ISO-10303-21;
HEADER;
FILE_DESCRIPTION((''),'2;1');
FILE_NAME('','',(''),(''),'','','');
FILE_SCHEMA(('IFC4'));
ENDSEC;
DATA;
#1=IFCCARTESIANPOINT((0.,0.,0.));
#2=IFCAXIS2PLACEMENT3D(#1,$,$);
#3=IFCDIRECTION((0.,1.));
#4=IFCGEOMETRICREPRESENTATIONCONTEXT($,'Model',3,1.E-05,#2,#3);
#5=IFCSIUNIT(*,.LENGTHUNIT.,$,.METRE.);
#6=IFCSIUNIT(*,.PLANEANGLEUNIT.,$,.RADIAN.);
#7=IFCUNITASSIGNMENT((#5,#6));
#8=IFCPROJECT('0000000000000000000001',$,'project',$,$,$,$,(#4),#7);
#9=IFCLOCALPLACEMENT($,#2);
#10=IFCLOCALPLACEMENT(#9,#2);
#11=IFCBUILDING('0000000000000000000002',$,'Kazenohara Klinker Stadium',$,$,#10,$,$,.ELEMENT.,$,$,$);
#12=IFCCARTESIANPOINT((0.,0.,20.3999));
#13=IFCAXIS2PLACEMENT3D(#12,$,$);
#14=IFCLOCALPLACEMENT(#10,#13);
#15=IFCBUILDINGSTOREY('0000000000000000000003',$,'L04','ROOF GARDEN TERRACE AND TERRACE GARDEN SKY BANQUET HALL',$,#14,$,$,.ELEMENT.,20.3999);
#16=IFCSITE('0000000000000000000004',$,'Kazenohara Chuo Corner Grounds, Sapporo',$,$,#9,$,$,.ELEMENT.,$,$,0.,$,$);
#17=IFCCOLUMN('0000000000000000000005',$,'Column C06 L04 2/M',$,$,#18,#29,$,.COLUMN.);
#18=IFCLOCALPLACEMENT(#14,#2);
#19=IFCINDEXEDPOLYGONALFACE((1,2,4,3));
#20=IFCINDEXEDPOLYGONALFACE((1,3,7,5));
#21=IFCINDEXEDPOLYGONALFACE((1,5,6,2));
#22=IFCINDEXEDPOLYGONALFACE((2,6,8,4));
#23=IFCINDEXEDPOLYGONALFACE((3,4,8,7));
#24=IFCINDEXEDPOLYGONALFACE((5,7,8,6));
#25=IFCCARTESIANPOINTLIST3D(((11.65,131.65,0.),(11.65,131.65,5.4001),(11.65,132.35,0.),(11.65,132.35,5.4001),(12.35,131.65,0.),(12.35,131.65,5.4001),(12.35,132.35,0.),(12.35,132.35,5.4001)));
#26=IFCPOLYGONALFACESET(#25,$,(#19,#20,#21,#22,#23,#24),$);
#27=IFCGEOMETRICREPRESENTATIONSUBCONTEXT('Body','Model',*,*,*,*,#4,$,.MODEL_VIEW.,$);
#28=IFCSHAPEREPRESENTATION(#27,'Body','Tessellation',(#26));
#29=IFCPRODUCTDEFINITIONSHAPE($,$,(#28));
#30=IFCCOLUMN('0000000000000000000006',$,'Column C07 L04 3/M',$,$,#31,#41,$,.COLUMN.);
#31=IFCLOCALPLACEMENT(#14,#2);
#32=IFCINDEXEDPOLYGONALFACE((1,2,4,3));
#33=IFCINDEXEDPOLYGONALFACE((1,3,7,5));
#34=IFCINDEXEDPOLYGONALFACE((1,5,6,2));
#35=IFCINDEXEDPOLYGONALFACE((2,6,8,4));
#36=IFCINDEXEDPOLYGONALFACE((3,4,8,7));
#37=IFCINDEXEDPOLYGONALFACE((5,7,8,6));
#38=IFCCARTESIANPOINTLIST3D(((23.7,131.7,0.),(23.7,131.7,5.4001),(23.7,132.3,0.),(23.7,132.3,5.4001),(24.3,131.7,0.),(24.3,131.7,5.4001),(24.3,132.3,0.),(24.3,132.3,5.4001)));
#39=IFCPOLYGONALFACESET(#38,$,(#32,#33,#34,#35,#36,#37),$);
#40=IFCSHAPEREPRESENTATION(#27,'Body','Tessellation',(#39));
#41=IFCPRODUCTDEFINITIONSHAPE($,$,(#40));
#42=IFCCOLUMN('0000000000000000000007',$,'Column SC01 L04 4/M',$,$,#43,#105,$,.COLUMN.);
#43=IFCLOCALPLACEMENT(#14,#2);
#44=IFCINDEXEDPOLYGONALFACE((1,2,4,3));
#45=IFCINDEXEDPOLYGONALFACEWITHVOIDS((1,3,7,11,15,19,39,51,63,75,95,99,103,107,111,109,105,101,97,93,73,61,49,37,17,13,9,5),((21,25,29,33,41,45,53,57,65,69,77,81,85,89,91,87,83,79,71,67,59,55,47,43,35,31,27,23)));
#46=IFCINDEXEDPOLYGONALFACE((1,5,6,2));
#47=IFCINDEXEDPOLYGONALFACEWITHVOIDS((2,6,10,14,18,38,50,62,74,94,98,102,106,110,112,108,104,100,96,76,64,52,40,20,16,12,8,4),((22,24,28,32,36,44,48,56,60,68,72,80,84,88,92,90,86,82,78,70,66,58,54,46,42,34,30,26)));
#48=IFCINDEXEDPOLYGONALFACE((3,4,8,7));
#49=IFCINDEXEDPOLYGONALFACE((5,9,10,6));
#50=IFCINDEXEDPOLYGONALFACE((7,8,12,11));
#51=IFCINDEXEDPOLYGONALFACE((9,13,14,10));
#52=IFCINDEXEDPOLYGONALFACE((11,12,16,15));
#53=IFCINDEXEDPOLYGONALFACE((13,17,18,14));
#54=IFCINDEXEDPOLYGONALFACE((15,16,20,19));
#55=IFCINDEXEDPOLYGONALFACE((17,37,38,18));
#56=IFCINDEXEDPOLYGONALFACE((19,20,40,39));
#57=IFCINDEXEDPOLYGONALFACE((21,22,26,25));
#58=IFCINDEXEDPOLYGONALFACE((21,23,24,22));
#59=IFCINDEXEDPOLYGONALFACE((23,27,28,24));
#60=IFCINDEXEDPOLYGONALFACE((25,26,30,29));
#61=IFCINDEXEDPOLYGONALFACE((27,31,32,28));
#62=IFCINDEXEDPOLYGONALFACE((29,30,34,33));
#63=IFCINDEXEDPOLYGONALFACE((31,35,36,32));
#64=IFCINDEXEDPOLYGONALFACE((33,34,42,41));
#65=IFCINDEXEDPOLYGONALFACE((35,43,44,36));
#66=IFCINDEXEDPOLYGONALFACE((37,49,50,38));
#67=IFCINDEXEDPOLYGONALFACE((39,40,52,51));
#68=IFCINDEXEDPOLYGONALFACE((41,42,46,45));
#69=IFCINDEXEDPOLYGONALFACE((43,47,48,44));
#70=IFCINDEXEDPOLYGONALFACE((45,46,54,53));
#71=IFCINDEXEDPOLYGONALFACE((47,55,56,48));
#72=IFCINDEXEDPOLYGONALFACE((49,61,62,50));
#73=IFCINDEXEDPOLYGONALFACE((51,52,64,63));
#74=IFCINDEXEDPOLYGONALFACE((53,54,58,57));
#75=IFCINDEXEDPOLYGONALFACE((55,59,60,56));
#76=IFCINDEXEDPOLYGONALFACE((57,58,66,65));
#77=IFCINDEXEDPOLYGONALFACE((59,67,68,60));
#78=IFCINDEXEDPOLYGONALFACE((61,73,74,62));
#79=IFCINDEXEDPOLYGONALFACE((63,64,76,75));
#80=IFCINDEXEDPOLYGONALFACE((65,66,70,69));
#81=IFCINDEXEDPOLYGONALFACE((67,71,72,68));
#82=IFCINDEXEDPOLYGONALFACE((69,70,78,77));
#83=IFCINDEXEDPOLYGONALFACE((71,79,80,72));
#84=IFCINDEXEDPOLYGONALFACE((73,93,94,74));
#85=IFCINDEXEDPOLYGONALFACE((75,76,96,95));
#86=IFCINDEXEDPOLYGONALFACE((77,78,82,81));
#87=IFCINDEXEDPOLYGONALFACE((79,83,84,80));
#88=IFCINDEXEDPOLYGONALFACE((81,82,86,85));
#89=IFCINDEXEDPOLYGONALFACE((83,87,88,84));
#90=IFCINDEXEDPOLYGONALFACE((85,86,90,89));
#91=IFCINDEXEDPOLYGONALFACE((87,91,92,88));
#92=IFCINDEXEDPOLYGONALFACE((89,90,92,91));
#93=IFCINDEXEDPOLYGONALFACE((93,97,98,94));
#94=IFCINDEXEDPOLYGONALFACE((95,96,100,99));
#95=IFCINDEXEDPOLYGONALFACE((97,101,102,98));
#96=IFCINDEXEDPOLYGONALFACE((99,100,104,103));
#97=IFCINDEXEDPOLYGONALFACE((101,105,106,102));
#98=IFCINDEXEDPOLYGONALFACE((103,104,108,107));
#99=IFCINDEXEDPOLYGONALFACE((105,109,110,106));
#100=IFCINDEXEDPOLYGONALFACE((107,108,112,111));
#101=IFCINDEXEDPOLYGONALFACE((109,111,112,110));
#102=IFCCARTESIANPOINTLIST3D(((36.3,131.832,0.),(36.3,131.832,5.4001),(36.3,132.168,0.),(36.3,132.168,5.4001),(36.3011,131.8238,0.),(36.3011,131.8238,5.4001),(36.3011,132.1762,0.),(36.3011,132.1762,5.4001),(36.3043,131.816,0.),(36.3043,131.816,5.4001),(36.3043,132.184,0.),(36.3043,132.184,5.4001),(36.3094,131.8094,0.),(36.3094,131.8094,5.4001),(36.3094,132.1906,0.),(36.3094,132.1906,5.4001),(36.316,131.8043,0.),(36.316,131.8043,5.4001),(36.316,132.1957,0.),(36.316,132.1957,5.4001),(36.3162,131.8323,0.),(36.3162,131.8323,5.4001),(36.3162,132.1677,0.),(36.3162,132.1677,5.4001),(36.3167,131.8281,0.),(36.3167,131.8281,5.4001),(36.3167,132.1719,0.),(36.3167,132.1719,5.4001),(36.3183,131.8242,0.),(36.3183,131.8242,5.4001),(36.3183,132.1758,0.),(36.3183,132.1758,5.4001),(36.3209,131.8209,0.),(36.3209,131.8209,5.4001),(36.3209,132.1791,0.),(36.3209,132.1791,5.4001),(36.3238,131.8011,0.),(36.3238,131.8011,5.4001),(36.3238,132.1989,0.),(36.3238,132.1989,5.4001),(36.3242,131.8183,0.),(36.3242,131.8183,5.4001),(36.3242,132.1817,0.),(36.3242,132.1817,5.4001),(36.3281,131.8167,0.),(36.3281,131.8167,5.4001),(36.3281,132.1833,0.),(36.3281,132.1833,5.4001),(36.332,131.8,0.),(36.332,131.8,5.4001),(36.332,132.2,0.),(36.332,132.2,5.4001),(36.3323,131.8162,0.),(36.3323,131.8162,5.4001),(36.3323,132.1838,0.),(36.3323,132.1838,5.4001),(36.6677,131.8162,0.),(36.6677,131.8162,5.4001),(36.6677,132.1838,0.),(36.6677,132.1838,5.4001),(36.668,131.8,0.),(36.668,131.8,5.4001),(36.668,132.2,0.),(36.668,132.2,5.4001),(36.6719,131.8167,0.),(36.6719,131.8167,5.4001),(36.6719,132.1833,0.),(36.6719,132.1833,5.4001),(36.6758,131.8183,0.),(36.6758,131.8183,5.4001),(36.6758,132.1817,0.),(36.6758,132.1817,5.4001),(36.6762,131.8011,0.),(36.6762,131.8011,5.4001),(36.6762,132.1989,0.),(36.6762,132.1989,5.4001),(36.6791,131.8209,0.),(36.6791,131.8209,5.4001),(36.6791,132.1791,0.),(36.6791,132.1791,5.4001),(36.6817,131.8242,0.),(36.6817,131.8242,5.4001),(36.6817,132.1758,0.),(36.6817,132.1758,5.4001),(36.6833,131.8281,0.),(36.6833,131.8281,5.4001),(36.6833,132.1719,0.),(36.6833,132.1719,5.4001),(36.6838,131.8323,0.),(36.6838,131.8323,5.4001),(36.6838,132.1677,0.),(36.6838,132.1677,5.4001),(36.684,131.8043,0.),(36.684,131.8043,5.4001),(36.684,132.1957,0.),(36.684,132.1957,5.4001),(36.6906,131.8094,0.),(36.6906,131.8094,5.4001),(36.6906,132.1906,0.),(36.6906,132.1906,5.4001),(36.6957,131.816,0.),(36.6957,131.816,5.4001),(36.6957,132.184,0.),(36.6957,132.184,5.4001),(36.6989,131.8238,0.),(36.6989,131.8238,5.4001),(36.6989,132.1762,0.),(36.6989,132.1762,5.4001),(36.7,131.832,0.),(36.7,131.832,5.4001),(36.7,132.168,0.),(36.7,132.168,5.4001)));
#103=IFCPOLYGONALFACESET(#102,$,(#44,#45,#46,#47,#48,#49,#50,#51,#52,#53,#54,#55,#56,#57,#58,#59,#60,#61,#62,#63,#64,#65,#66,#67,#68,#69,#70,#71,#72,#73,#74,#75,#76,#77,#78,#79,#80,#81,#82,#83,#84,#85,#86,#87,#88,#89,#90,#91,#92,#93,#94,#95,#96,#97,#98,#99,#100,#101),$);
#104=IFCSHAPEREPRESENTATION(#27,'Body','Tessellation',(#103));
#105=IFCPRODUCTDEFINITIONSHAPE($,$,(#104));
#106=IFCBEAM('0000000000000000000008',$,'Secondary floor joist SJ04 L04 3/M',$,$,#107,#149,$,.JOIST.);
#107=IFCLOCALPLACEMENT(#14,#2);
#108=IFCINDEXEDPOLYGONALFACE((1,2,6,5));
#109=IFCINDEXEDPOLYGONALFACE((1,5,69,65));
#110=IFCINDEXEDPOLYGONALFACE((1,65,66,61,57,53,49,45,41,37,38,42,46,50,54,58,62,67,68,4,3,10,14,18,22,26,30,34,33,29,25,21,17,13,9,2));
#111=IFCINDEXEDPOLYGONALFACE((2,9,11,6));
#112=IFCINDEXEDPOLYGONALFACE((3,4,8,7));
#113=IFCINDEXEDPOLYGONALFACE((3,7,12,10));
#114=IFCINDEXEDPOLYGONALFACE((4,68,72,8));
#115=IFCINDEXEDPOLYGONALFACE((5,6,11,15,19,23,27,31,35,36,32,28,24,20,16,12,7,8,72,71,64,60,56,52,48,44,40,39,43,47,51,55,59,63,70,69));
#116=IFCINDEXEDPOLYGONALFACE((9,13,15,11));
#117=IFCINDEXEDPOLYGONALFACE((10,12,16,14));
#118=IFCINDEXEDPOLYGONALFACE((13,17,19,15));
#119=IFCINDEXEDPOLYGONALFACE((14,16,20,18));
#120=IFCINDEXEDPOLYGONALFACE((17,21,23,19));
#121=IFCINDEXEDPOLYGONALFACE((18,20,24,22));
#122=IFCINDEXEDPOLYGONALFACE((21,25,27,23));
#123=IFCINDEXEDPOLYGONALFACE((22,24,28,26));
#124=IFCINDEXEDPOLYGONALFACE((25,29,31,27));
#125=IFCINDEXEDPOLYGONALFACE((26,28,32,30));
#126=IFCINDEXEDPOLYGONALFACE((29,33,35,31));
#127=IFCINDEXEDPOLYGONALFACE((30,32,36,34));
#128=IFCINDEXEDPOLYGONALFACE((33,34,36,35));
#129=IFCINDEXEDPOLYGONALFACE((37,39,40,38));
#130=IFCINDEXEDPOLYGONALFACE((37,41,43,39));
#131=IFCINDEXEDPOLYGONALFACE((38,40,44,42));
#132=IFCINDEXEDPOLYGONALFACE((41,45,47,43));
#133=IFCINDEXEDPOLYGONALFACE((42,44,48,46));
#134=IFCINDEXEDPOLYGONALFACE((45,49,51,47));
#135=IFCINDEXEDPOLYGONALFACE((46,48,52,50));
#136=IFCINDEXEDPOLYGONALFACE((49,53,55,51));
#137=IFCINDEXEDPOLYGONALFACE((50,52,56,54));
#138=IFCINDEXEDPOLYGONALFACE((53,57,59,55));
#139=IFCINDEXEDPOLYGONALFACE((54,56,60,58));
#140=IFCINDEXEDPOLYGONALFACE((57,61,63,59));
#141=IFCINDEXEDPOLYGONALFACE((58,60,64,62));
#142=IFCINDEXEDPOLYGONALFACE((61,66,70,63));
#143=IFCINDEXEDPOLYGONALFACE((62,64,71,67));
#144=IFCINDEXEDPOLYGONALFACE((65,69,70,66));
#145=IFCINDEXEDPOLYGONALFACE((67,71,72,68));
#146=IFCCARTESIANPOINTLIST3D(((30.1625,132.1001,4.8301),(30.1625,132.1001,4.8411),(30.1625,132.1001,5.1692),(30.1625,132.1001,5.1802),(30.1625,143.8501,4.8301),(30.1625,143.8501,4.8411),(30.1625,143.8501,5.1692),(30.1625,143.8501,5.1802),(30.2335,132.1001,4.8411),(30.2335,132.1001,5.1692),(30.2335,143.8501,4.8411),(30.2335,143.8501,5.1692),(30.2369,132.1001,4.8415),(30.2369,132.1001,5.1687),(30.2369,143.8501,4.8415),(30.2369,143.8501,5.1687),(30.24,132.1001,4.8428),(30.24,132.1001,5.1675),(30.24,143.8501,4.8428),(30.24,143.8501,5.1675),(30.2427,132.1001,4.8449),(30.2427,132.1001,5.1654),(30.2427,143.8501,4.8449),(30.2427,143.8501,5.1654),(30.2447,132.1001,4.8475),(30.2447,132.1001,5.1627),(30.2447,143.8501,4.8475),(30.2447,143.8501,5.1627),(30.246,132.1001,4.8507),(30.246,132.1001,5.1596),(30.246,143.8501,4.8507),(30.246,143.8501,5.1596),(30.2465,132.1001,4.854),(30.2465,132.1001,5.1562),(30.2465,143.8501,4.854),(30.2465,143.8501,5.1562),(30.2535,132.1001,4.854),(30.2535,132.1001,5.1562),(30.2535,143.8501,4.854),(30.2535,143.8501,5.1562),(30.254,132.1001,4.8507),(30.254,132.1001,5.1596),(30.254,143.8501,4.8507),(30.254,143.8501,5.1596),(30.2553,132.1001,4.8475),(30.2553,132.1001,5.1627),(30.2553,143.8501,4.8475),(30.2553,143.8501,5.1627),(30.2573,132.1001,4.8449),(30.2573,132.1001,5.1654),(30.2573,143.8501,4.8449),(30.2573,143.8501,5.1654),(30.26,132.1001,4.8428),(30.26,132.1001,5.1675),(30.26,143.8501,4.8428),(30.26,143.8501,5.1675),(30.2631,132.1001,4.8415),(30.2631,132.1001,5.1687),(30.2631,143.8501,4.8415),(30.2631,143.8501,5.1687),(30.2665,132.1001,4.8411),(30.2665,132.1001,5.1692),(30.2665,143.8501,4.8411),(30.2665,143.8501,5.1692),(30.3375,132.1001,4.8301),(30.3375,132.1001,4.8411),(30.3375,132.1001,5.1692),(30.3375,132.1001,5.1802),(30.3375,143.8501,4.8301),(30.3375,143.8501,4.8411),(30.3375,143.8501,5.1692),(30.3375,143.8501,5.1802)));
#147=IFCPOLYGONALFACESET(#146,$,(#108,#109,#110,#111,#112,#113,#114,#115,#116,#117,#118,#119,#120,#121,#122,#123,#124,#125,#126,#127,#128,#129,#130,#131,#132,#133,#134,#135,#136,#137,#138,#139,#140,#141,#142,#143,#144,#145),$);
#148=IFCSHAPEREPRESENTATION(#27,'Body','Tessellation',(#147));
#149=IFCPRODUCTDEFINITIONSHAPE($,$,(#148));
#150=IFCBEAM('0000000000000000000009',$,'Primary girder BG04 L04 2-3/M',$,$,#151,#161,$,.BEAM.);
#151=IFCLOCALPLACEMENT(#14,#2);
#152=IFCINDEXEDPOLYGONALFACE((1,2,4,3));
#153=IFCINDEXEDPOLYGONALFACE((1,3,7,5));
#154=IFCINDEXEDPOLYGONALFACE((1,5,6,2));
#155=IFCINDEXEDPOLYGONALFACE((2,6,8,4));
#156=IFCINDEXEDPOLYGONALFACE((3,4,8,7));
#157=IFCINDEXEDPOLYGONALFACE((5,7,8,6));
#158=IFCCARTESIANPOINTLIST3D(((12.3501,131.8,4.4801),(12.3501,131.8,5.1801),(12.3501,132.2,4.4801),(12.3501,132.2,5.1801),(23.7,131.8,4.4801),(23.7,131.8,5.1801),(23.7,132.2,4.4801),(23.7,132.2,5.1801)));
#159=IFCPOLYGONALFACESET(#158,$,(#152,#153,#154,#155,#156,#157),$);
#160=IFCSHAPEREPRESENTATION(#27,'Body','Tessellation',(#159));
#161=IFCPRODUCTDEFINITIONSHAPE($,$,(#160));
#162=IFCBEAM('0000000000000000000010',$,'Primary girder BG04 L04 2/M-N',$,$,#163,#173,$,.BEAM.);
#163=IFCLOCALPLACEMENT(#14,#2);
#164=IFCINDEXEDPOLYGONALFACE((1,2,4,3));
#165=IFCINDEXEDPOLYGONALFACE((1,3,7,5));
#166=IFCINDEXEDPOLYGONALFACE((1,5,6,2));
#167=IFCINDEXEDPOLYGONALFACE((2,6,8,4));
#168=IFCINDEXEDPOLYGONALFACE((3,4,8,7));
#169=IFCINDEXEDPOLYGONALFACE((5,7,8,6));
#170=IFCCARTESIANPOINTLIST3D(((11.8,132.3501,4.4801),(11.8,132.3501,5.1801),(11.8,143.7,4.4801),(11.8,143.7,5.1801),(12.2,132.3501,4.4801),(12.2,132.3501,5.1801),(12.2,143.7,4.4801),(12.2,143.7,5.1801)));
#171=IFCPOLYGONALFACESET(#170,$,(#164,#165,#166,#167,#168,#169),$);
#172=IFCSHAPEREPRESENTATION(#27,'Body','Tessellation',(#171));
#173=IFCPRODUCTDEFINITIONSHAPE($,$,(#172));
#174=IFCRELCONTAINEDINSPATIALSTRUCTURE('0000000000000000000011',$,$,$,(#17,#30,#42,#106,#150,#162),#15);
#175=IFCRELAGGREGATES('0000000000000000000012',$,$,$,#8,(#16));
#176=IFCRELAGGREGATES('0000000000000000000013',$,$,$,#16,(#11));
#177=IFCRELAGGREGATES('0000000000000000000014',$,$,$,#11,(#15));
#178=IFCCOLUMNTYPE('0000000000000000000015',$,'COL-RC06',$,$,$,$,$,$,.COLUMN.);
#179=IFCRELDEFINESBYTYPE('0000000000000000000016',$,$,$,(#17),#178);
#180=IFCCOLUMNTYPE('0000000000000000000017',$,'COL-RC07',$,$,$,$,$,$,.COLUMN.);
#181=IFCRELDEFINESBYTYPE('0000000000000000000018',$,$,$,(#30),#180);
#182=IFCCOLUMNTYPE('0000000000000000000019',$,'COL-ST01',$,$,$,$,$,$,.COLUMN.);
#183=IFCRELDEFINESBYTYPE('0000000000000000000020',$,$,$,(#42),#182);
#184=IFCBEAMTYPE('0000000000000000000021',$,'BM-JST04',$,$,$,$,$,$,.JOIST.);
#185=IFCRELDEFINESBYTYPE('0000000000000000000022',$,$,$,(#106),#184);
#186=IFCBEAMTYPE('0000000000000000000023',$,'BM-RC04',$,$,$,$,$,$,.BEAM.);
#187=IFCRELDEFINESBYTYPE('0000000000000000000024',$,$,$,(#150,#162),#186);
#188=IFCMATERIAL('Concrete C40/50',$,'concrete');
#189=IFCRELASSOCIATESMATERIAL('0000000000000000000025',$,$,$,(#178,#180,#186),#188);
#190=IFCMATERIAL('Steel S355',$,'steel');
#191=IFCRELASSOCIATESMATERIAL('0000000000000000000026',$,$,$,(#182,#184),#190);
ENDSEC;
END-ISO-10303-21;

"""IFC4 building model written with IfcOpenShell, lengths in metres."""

from ifc_helpers import new_model, si_unit, direction, frame, origin, origin_2d, place, context, subcontext, project, spatial, rectangle, hollow_rectangle, i_section, extrude, material, material_profile, profile_set, type_object, element, save


model = new_model("IFC4")

# Units and contexts
model_context = context("Model", 3, precision=1e-05, world=origin(), true_north=direction((0.0, 1.0)))
body_context = subcontext(model_context, "Body", "Model", "MODEL_VIEW")
ifc_project = project(units=[si_unit("LENGTHUNIT", "METRE"), si_unit("PLANEANGLEUNIT", "RADIAN")], contexts=[model_context])

# Site, building, storey
site_placement = place(None, origin())
site = spatial("IfcSite", under=ifc_project, at=site_placement, Name="Kazenohara Chuo Corner Grounds, Sapporo", CompositionType="ELEMENT", RefElevation=0.0)
building_placement = place(site_placement, origin())
building = spatial("IfcBuilding", under=site, at=building_placement, Name="Kazenohara Klinker Stadium", CompositionType="ELEMENT")
storey_placement = place(building_placement, frame((0.0, 0.0, 20.3999)))
storey = spatial("IfcBuildingStorey", under=building, at=storey_placement, Name="L04", Description="ROOF GARDEN TERRACE AND TERRACE GARDEN SKY BANQUET HALL", CompositionType="ELEMENT", Elevation=20.3999)

# Columns
ifc_material_1 = material(Name="Concrete C40/50", Category="concrete")
ifc_material_profile_1 = material_profile(ifc_material_1, rectangle(XDim=0.7, YDim=0.7, at=origin_2d()), Name="RC-COL-700x700")
ifc_profile_set_1 = profile_set([ifc_material_profile_1], Name="Concrete C40/50")
column_type_1 = type_object("IfcColumnType", Name="COL-RC06", PredefinedType="COLUMN", material=ifc_profile_set_1)
column_1_placement = place(storey_placement, frame((12.0, 132.0, 0.0), z_axis=(0.0, 0.0, 1.0), x_axis=(1.0, 0.0, 0.0)))
element("IfcColumn", 1, at=column_1_placement, inside=storey, type_object=column_type_1, Name="Column C06 L04 2/M", PredefinedType="COLUMN", context=body_context, shape_type="SweptSolid", body=[
    extrude(rectangle(XDim=0.7, YDim=0.7, at=origin_2d()), origin(), (0.0, 0.0, 1.0), 5.4001),
])
ifc_material_profile_2 = material_profile(ifc_material_1, rectangle(XDim=0.6001, YDim=0.6001, at=origin_2d()), Name="RC-COL-600x600")
ifc_profile_set_2 = profile_set([ifc_material_profile_2], Name="Concrete C40/50")
column_type_2 = type_object("IfcColumnType", Name="COL-RC07", PredefinedType="COLUMN", material=ifc_profile_set_2)
column_2_placement = place(storey_placement, frame((24.0, 132.0, 0.0), z_axis=(0.0, 0.0, 1.0), x_axis=(1.0, 0.0, 0.0)))
element("IfcColumn", 2, at=column_2_placement, inside=storey, type_object=column_type_2, Name="Column C07 L04 3/M", PredefinedType="COLUMN", context=body_context, shape_type="SweptSolid", body=[
    extrude(rectangle(XDim=0.6001, YDim=0.6001, at=origin_2d()), origin(), (0.0, 0.0, 1.0), 5.4001),
])
ifc_material_2 = material(Name="Steel S355", Category="steel")
ifc_material_profile_3 = material_profile(ifc_material_2, hollow_rectangle(XDim=0.3999, YDim=0.3999, WallThickness=0.0161, InnerFilletRadius=0.0161, OuterFilletRadius=0.032, at=origin_2d()), Name="SHS-400x400x16")
ifc_profile_set_3 = profile_set([ifc_material_profile_3], Name="Steel S355")
column_type_3 = type_object("IfcColumnType", Name="COL-ST01", PredefinedType="COLUMN", material=ifc_profile_set_3)
column_3_placement = place(storey_placement, frame((36.5, 132.0, 0.0), z_axis=(0.0, 0.0, 1.0), x_axis=(1.0, 0.0, 0.0)))
element("IfcColumn", 3, at=column_3_placement, inside=storey, type_object=column_type_3, Name="Column SC01 L04 4/M", PredefinedType="COLUMN", context=body_context, shape_type="SweptSolid", body=[
    extrude(hollow_rectangle(XDim=0.3999, YDim=0.3999, WallThickness=0.0161, InnerFilletRadius=0.0161, OuterFilletRadius=0.032, at=origin_2d()), origin(), (0.0, 0.0, 1.0), 5.4001),
])

# Beams
ifc_material_profile_4 = material_profile(ifc_material_2, i_section(OverallWidth=0.175, OverallDepth=0.3501, WebThickness=0.0071, FlangeThickness=0.011, FilletRadius=0.0129, at=origin_2d()), Name="H-350x175x7x11")
ifc_profile_set_4 = profile_set([ifc_material_profile_4], Name="Steel S355")
beam_type_1 = type_object("IfcBeamType", Name="BM-JST04", PredefinedType="JOIST", material=ifc_profile_set_4)
beam_1_placement = place(storey_placement, frame((30.25, 132.1001, 5.0051), z_axis=(0.0, 1.0, 0.0), x_axis=(-1.0, 0.0, 0.0)))
element("IfcBeam", 4, at=beam_1_placement, inside=storey, type_object=beam_type_1, Name="Secondary floor joist SJ04 L04 3/M", PredefinedType="JOIST", context=body_context, shape_type="SweptSolid", body=[
    extrude(i_section(OverallWidth=0.175, OverallDepth=0.3501, WebThickness=0.0071, FlangeThickness=0.011, FilletRadius=0.0129, at=origin_2d()), origin(), (0.0, 0.0, 1.0), 11.75),
])
ifc_material_profile_5 = material_profile(ifc_material_1, rectangle(XDim=0.3999, YDim=0.7, at=origin_2d()), Name="RC-BM-400x700")
ifc_profile_set_5 = profile_set([ifc_material_profile_5], Name="Concrete C40/50")
beam_type_2 = type_object("IfcBeamType", Name="BM-RC04", PredefinedType="BEAM", material=ifc_profile_set_5)
for number, where, z_axis, x_axis, name in (
    (5, (12.3501, 132.0, 4.8301), (1.0, 0.0, 0.0), (0.0, 1.0, 0.0), "Primary girder BG04 L04 2-3/M"),
    (6, (12.0, 132.3501, 4.8301), (0.0, 1.0, 0.0), (-1.0, 0.0, 0.0), "Primary girder BG04 L04 2/M-N"),
):
    element("IfcBeam", number, at=place(storey_placement, frame(where, z_axis=z_axis, x_axis=x_axis)), inside=storey, type_object=beam_type_2, Name=name, PredefinedType="BEAM", context=body_context, shape_type="SweptSolid", body=[
        extrude(rectangle(XDim=0.3999, YDim=0.7, at=origin_2d()), origin(), (0.0, 0.0, 1.0), 11.3499),
    ])

save(model, "model.ifc")
